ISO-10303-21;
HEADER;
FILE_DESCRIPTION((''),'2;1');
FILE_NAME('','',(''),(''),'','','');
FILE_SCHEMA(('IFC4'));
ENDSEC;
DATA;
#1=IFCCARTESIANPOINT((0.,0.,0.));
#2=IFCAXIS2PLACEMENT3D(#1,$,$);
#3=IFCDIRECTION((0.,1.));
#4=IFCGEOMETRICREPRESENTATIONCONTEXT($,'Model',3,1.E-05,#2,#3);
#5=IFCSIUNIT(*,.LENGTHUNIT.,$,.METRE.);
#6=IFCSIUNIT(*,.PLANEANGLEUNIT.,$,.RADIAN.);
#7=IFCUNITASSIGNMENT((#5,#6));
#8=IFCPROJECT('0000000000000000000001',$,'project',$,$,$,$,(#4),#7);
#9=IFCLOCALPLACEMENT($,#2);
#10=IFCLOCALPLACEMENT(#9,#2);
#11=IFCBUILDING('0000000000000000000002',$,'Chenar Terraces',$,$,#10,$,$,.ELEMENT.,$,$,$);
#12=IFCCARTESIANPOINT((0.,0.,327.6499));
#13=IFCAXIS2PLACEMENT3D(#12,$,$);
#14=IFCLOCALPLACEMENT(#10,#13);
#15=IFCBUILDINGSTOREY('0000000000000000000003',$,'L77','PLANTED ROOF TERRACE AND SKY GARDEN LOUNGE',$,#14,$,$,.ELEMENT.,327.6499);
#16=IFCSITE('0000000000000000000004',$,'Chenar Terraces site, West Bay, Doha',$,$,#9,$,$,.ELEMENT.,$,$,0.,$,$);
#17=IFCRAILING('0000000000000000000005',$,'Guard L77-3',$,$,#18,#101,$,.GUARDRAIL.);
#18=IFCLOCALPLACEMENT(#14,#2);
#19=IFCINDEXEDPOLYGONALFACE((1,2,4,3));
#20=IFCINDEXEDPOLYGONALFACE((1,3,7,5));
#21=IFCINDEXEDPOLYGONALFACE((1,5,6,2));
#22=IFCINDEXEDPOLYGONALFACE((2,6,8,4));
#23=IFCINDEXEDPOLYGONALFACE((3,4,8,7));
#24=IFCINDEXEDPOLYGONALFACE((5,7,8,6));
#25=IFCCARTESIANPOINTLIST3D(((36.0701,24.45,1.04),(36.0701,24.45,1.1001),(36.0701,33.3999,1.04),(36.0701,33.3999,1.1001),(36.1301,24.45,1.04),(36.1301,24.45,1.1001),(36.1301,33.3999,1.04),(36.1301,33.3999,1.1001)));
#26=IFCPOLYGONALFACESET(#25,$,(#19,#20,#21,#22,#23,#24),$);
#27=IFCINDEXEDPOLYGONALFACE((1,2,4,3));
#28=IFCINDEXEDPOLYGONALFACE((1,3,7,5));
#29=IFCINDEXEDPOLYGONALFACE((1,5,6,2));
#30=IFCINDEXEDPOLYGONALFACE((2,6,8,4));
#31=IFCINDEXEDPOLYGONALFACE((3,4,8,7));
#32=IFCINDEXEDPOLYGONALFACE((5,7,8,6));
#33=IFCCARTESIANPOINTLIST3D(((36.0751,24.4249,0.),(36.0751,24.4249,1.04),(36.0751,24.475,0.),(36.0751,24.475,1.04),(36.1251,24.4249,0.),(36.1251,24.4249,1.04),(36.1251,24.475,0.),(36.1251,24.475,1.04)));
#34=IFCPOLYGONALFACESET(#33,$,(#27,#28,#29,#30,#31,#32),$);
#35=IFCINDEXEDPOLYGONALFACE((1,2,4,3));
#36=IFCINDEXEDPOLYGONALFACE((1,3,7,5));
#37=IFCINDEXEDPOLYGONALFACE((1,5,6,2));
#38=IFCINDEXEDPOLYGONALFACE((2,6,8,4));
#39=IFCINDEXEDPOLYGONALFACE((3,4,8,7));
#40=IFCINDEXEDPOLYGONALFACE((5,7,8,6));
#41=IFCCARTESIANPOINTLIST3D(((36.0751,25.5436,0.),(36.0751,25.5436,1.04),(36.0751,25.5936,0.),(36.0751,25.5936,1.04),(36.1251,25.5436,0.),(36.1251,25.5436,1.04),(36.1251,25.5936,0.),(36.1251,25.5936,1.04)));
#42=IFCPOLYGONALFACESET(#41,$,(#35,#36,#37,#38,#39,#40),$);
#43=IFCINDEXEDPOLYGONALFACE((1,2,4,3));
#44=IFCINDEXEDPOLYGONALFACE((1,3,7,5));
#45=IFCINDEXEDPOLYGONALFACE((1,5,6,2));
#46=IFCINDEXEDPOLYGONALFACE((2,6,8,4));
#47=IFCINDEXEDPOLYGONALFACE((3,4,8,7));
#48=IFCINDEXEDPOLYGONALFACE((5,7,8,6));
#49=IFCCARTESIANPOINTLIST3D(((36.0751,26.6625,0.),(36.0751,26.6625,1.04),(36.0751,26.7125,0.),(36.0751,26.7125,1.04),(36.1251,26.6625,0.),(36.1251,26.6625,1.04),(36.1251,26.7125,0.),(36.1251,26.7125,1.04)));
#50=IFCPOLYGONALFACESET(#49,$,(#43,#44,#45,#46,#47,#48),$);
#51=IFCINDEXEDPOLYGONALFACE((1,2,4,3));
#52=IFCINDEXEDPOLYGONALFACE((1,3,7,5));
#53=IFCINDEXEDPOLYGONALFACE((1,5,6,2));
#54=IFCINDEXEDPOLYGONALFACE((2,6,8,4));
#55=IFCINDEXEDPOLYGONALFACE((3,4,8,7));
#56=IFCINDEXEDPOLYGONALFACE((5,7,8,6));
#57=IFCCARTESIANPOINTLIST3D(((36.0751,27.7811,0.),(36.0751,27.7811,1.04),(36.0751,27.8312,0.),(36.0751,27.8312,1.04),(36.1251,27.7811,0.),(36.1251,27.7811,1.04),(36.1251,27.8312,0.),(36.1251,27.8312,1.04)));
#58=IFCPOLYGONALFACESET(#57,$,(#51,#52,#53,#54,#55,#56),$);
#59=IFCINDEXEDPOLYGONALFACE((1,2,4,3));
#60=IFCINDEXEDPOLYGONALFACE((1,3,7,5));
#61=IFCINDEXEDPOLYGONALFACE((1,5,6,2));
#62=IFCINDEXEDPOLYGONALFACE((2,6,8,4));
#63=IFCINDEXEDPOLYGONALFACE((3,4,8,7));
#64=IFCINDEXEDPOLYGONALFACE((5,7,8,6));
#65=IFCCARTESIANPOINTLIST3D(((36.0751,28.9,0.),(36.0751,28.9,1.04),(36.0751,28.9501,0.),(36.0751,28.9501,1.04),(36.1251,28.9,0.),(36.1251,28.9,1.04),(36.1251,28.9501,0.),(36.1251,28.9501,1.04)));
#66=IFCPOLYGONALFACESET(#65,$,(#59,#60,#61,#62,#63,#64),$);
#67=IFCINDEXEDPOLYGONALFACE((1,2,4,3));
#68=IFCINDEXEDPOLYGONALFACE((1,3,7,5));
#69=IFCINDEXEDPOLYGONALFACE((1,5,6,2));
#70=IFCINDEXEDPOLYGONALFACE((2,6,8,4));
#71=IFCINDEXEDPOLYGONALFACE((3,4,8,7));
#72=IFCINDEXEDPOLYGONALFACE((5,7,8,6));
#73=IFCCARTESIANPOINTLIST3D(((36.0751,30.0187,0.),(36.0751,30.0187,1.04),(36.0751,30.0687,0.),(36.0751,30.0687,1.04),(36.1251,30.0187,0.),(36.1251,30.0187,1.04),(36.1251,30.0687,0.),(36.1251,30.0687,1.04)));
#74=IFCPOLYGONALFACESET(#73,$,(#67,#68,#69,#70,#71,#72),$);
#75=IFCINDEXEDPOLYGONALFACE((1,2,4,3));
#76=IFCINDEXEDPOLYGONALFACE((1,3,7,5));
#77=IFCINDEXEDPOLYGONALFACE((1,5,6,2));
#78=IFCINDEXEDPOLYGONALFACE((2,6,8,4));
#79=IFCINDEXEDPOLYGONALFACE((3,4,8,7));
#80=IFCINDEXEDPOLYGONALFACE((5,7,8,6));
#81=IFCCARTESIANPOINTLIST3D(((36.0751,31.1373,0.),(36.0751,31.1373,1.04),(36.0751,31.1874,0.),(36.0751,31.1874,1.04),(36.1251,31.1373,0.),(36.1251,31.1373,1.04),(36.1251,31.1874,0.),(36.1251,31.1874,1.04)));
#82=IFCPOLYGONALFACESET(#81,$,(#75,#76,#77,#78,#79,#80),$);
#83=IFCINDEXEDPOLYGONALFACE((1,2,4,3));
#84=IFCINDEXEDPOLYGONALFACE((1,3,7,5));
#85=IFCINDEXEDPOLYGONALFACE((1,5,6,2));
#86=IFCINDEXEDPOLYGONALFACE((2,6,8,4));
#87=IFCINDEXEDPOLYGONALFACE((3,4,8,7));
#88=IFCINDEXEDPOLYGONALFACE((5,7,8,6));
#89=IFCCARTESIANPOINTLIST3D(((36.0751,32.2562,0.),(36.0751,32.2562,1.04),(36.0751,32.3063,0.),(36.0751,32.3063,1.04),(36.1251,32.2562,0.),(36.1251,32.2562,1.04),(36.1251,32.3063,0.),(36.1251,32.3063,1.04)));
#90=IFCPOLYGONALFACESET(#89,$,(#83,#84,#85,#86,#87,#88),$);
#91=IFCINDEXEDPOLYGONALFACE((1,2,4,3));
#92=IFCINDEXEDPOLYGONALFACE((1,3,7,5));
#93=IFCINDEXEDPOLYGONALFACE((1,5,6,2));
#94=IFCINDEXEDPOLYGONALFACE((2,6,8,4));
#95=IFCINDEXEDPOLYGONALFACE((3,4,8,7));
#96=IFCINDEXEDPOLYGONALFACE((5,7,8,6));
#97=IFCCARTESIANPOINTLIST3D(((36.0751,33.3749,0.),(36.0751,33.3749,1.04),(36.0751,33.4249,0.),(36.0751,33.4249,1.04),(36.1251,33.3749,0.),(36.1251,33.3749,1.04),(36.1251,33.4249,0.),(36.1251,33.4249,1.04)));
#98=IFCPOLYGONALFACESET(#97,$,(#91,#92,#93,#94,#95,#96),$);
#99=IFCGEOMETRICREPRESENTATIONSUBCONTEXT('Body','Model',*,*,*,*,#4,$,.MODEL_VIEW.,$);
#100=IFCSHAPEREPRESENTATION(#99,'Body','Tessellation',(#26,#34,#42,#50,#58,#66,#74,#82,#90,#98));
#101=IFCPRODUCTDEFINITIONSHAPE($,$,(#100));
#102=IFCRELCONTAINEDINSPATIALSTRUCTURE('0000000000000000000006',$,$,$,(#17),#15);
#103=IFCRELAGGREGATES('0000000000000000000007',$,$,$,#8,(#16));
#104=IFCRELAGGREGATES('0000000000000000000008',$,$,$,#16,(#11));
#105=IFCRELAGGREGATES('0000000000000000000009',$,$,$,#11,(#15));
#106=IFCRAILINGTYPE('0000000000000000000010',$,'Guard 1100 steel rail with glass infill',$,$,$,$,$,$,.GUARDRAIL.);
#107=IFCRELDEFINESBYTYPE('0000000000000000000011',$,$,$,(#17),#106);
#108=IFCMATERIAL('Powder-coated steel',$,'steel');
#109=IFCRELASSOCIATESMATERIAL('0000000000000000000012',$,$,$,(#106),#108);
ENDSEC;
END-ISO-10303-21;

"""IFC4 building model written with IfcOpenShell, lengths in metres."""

from ifc_helpers import new_model, si_unit, direction, frame, origin, origin_2d, place, context, subcontext, project, spatial, rectangle, extrude, material, type_object, element, save


model = new_model("IFC4")

# Units and contexts
model_context = context("Model", 3, precision=1e-05, world=origin(), true_north=direction((0.0, 1.0)))
body_context = subcontext(model_context, "Body", "Model", "MODEL_VIEW")
ifc_project = project(units=[si_unit("LENGTHUNIT", "METRE"), si_unit("PLANEANGLEUNIT", "RADIAN")], contexts=[model_context])

# Site, building, storey
site_placement = place(None, origin())
site = spatial("IfcSite", under=ifc_project, at=site_placement, Name="Chenar Terraces site, West Bay, Doha", CompositionType="ELEMENT", RefElevation=0.0)
building_placement = place(site_placement, origin())
building = spatial("IfcBuilding", under=site, at=building_placement, Name="Chenar Terraces", CompositionType="ELEMENT")
storey_placement = place(building_placement, frame((0.0, 0.0, 327.6499)))
storey = spatial("IfcBuildingStorey", under=building, at=storey_placement, Name="L77", Description="PLANTED ROOF TERRACE AND SKY GARDEN LOUNGE", CompositionType="ELEMENT", Elevation=327.6499)

# Railing
ifc_material_1 = material(Name="Powder-coated steel", Category="steel")
railing_type = type_object("IfcRailingType", Name="Guard 1100 steel rail with glass infill", PredefinedType="GUARDRAIL", material=ifc_material_1)
railing_1_placement = place(storey_placement, frame((36.1001, 24.45, 0.0)))
element("IfcRailing", 1, at=railing_1_placement, inside=storey, type_object=railing_type, Name="Guard L77-3", PredefinedType="GUARDRAIL", context=body_context, shape_type="SweptSolid", body=[
    extrude(rectangle(XDim=0.0601, YDim=0.0601, at=origin_2d()), frame((0.0, 0.0, 1.0701), z_axis=(0.0, 1.0, 0.0), x_axis=(-1.0, 0.0, 0.0)), (0.0, 0.0, 1.0), 8.95),
    extrude(rectangle(XDim=0.05, YDim=0.05, at=origin_2d()), origin(), (0.0, 0.0, 1.0), 1.04),
    extrude(rectangle(XDim=0.05, YDim=0.05, at=origin_2d()), frame((0.0, 1.1187, 0.0)), (0.0, 0.0, 1.0), 1.04),
    extrude(rectangle(XDim=0.05, YDim=0.05, at=origin_2d()), frame((0.0, 2.2375, 0.0)), (0.0, 0.0, 1.0), 1.04),
    extrude(rectangle(XDim=0.05, YDim=0.05, at=origin_2d()), frame((0.0, 3.3562, 0.0)), (0.0, 0.0, 1.0), 1.04),
    extrude(rectangle(XDim=0.05, YDim=0.05, at=origin_2d()), frame((0.0, 4.4751, 0.0)), (0.0, 0.0, 1.0), 1.04),
    extrude(rectangle(XDim=0.05, YDim=0.05, at=origin_2d()), frame((0.0, 5.5938, 0.0)), (0.0, 0.0, 1.0), 1.04),
    extrude(rectangle(XDim=0.05, YDim=0.05, at=origin_2d()), frame((0.0, 6.7124, 0.0)), (0.0, 0.0, 1.0), 1.04),
    extrude(rectangle(XDim=0.05, YDim=0.05, at=origin_2d()), frame((0.0, 7.8313, 0.0)), (0.0, 0.0, 1.0), 1.04),
    extrude(rectangle(XDim=0.05, YDim=0.05, at=origin_2d()), frame((0.0, 8.95, 0.0)), (0.0, 0.0, 1.0), 1.04),
])

save(model, "model.ifc")
